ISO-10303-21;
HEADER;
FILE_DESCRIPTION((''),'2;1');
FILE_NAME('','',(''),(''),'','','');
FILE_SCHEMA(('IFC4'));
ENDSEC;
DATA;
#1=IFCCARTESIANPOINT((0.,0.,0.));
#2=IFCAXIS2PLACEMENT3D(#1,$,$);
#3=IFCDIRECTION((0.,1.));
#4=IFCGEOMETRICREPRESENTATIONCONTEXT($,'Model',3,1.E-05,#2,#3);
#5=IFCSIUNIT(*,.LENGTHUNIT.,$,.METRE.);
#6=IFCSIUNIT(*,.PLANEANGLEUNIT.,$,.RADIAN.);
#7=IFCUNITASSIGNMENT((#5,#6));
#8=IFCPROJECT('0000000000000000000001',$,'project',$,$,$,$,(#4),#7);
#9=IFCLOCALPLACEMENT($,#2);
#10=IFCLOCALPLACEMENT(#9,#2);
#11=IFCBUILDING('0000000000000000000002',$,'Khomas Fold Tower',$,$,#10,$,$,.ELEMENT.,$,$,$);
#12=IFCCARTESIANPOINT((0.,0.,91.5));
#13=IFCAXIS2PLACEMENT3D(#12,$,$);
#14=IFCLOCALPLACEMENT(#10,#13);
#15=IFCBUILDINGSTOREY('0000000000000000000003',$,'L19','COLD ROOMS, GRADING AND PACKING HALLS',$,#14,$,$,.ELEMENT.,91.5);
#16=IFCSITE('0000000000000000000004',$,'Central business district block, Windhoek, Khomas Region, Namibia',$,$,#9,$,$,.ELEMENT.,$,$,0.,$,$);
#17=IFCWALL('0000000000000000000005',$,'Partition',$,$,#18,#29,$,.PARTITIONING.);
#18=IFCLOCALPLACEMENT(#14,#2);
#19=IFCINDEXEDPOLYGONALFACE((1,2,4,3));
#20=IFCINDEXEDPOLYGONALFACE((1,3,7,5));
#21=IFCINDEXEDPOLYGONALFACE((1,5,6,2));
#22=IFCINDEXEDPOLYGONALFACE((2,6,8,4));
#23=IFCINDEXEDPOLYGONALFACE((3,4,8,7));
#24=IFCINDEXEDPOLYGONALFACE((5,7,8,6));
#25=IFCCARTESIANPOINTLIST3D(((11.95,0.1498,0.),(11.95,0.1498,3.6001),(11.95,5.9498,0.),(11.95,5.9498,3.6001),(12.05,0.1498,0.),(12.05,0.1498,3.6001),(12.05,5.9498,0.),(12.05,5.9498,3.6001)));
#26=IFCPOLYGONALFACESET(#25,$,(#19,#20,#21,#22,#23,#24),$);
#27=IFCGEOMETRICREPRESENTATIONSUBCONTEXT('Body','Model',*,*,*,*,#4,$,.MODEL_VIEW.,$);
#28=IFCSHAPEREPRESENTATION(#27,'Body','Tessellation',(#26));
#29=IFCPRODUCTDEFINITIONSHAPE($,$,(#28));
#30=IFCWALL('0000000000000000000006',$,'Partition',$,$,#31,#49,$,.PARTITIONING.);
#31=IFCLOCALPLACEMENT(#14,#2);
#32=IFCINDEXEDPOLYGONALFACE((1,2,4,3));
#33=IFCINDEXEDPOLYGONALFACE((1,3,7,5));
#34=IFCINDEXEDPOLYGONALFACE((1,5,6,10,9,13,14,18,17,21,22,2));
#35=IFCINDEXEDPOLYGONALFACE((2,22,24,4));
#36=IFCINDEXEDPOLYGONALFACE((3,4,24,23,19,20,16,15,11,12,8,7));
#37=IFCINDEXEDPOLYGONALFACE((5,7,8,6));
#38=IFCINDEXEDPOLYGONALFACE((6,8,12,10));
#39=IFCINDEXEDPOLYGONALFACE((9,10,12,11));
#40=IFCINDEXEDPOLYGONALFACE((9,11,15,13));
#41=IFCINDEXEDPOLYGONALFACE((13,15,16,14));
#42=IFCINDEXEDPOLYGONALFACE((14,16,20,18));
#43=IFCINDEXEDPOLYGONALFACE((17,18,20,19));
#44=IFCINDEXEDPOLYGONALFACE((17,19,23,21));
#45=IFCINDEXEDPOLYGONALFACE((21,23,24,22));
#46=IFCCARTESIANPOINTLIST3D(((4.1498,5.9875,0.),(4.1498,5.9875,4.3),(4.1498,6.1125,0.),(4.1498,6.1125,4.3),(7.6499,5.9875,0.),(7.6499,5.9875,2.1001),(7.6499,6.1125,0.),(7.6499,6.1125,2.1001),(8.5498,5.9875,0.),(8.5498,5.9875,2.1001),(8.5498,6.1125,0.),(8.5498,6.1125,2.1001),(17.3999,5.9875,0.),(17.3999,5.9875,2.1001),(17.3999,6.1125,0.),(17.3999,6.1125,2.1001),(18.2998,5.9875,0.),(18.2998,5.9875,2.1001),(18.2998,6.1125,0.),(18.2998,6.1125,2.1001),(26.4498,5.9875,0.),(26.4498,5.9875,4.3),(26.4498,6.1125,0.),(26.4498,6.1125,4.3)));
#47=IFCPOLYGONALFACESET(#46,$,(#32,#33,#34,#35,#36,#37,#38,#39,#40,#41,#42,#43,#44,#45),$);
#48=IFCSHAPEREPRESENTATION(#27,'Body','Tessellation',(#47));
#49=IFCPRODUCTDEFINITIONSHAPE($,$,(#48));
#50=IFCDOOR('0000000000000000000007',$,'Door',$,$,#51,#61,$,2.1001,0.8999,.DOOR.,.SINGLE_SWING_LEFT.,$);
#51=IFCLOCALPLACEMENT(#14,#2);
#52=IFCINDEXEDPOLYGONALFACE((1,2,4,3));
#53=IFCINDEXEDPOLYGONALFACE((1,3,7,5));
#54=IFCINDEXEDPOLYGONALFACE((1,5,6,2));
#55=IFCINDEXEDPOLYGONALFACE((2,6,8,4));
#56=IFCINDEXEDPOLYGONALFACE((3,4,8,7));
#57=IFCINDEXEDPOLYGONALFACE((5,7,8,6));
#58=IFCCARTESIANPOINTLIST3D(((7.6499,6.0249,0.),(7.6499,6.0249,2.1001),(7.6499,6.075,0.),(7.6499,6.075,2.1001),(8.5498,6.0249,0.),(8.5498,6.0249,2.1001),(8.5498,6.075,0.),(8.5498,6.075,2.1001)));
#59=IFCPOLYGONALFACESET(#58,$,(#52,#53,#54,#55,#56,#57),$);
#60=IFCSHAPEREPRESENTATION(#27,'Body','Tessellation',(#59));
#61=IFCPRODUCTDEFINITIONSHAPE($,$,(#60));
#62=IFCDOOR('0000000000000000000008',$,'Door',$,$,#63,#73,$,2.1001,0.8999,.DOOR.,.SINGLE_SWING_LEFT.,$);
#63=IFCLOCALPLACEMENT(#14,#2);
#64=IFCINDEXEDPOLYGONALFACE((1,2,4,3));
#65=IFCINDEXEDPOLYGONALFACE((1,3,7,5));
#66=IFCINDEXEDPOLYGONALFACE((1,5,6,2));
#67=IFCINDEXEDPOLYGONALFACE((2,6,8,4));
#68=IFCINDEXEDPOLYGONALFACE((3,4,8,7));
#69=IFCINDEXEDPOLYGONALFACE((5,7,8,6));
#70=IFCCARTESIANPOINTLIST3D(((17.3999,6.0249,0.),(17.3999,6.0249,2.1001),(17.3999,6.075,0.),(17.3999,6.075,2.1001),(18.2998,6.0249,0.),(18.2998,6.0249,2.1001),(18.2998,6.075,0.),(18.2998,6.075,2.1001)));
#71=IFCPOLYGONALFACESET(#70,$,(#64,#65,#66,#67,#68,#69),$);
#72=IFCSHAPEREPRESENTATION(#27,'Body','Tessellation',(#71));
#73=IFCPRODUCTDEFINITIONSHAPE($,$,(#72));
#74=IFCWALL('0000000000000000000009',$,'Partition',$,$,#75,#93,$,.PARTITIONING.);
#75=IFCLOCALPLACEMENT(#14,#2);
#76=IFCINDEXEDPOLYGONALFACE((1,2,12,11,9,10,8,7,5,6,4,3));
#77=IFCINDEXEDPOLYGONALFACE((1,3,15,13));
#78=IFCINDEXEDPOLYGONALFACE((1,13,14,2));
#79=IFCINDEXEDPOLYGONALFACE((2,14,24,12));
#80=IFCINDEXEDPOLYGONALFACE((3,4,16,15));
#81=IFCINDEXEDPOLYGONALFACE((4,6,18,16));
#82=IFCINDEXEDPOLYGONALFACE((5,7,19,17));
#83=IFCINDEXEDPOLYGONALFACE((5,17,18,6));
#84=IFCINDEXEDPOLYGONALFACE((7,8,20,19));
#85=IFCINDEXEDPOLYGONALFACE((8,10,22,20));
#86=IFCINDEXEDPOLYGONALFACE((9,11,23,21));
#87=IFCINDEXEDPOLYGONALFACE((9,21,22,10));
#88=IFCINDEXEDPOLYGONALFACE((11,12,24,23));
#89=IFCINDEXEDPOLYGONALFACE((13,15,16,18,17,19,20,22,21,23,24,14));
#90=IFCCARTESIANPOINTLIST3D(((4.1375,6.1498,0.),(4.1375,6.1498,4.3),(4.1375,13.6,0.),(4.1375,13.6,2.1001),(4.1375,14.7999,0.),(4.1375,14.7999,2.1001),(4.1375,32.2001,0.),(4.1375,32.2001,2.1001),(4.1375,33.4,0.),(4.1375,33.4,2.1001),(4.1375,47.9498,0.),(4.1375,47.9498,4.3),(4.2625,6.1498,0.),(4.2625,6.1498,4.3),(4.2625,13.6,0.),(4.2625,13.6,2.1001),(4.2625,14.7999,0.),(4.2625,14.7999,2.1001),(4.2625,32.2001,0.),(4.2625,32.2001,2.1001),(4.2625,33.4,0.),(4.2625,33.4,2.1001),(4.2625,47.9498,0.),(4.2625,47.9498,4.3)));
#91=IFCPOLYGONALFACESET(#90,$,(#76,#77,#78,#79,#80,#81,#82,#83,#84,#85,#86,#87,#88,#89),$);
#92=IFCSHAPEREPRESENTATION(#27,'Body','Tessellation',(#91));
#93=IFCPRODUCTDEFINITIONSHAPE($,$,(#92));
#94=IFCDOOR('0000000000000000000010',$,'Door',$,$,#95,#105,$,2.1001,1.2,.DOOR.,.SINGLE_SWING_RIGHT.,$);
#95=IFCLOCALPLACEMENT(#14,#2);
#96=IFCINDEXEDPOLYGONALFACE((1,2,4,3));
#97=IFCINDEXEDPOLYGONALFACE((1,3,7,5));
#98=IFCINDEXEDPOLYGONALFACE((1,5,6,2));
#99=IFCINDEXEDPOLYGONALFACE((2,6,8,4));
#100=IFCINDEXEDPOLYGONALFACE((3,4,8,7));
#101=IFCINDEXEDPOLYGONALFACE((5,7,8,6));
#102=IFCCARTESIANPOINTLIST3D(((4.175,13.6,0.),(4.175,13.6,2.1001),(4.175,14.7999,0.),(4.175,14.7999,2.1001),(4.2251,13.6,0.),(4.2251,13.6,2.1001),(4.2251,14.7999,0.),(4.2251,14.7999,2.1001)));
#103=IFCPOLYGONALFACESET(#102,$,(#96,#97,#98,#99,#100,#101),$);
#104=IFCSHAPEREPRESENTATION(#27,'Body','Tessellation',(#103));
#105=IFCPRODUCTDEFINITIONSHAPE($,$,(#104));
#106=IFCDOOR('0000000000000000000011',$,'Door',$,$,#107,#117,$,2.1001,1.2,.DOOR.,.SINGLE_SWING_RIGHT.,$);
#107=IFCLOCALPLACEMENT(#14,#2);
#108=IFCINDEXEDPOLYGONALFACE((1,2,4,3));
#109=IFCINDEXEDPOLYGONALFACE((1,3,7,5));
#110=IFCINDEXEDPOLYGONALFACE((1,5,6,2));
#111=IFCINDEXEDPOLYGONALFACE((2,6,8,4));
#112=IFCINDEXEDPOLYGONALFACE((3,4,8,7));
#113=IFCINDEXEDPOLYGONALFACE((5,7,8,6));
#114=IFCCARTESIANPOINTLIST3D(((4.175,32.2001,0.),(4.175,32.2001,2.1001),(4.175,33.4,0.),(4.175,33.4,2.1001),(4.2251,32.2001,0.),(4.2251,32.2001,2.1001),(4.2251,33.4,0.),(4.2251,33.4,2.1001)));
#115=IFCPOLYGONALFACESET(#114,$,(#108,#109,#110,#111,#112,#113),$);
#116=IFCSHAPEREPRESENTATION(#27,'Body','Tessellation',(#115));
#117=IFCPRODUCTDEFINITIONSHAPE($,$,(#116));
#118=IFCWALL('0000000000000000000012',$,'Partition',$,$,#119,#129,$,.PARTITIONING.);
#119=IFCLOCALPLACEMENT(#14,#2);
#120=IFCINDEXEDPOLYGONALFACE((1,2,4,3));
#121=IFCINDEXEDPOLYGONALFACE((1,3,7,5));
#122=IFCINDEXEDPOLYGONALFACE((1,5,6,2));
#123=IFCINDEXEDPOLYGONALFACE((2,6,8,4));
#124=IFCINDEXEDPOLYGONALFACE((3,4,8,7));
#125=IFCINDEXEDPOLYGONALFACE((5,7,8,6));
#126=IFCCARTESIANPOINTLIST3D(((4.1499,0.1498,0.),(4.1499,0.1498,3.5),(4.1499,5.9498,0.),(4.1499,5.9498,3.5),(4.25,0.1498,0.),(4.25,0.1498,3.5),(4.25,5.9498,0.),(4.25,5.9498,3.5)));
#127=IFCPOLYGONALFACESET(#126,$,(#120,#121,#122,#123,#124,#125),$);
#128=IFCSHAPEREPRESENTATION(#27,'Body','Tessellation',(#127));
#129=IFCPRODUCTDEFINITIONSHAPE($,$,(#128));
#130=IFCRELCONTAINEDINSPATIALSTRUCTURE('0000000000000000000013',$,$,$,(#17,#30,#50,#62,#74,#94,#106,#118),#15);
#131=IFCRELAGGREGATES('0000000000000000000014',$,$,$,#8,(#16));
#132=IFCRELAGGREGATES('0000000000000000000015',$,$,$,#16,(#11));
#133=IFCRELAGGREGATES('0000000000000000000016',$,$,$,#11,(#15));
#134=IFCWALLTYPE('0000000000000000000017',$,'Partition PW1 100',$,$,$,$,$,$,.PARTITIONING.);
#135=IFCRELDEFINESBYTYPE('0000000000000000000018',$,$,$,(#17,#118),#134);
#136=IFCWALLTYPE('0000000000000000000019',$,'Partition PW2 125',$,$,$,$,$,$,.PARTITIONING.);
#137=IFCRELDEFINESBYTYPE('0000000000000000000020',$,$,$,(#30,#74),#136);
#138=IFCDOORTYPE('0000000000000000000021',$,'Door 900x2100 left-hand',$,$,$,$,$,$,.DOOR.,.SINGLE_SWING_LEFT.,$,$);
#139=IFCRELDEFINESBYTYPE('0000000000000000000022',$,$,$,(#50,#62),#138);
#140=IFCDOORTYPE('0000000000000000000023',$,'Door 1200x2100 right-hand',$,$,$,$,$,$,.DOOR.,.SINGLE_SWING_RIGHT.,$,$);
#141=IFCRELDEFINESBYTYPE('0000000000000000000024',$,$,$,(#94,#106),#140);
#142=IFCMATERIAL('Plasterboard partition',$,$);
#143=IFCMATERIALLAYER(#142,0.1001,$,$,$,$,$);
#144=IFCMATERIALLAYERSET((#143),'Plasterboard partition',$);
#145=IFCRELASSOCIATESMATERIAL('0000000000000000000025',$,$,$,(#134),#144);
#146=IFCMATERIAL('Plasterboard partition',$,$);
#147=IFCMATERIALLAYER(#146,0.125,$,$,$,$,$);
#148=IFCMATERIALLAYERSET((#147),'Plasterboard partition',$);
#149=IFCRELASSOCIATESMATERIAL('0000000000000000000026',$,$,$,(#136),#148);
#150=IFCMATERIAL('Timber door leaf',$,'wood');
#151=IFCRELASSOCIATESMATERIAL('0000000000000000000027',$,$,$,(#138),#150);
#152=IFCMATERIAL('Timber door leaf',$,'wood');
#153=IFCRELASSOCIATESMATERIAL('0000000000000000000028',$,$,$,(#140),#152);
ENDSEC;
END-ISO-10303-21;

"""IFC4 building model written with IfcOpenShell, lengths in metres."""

from ifc_helpers import new_model, si_unit, direction, frame, frame_2d, origin, place, context, subcontext, project, spatial, rectangle, extrude, source, transform, mapped, material, layer, layer_set, type_object, element, fill, save


model = new_model("IFC4")

# Units and contexts
model_context = context("Model", 3, precision=1e-05, world=origin(), true_north=direction((0.0, 1.0)))
body_context = subcontext(model_context, "Body", "Model", "MODEL_VIEW")
ifc_project = project(units=[si_unit("LENGTHUNIT", "METRE"), si_unit("PLANEANGLEUNIT", "RADIAN")], contexts=[model_context])

# Site, building, storey
site_placement = place(None, origin())
site = spatial("IfcSite", under=ifc_project, at=site_placement, Name="Central business district block, Windhoek, Khomas Region, Namibia", CompositionType="ELEMENT", RefElevation=0.0)
building_placement = place(site_placement, origin())
building = spatial("IfcBuilding", under=site, at=building_placement, Name="Khomas Fold Tower", CompositionType="ELEMENT")
storey_placement = place(building_placement, frame((0.0, 0.0, 91.5)))
storey = spatial("IfcBuildingStorey", under=building, at=storey_placement, Name="L19", Description="COLD ROOMS, GRADING AND PACKING HALLS", CompositionType="ELEMENT", Elevation=91.5)

# Shared definitions
shared_shape_1 = source(origin(), body_context, "Body", "SweptSolid", [
    extrude(rectangle(XDim=1.2, YDim=2.1001, at=frame_2d((0.6001, 1.05))), frame((0.0, 0.0249, 0.0), z_axis=(0.0, -1.0, 0.0), x_axis=(1.0, 0.0, 0.0)), (0.0, 0.0, 1.0), 0.05),
])

# Wall
ifc_material_1 = material(Name="Plasterboard partition")
ifc_layer_1 = layer(ifc_material_1, 0.1001)
ifc_layer_set_1 = layer_set([ifc_layer_1], Name="Plasterboard partition")
wall_type_1 = type_object("IfcWallType", Name="Partition PW1 100", PredefinedType="PARTITIONING", material=ifc_layer_set_1)
shared_shape_2 = source(origin(), body_context, "Body", "SweptSolid", [
    extrude(rectangle(XDim=5.8, YDim=0.1001, at=frame_2d((2.8999, 0.0))), origin(), (0.0, 0.0, 1.0), 3.6001),
])
wall_1_placement = place(storey_placement, frame((12.0, 0.1499, 0.0), z_axis=(0.0, 0.0, 1.0), x_axis=(0.0, 1.0, 0.0)))
element("IfcWall", 1, at=wall_1_placement, inside=storey, type_object=wall_type_1, Name="Partition", PredefinedType="PARTITIONING", context=body_context, shape_type="MappedRepresentation", body=[
    mapped(shared_shape_2, transform((0.0, 0.0, 0.0))),
])

# Walls, openings, doors
ifc_material_2 = material(Name="Plasterboard partition")
ifc_layer_2 = layer(ifc_material_2, 0.125)
ifc_layer_set_2 = layer_set([ifc_layer_2], Name="Plasterboard partition")
wall_type_2 = type_object("IfcWallType", Name="Partition PW2 125", PredefinedType="PARTITIONING", material=ifc_layer_set_2)
shared_shape_3 = source(origin(), body_context, "Body", "SweptSolid", [
    extrude(rectangle(XDim=22.3, YDim=0.125, at=frame_2d((11.1499, 0.0))), origin(), (0.0, 0.0, 1.0), 4.3),
])
wall_2_placement = place(storey_placement, frame((4.1499, 6.05, 0.0), z_axis=(0.0, 0.0, 1.0), x_axis=(1.0, 0.0, 0.0)))
wall_2 = element("IfcWall", 2, at=wall_2_placement, inside=storey, type_object=wall_type_2, Name="Partition", PredefinedType="PARTITIONING", context=body_context, shape_type="MappedRepresentation", body=[
    mapped(shared_shape_3, transform((0.0, 0.0, 0.0))),
])
shared_shape_4 = source(origin(), body_context, "Body", "SweptSolid", [
    extrude(rectangle(XDim=0.8999, YDim=2.1001, at=frame_2d((0.45, 1.05))), frame((0.0, 0.0725, 0.0), z_axis=(0.0, -1.0, 0.0), x_axis=(1.0, 0.0, 0.0)), (0.0, 0.0, 1.0), 0.145),
])
opening_1_placement = place(wall_2_placement, frame((3.5, 0.0, 0.0)))
opening_1 = element("IfcOpeningElement", 3, at=opening_1_placement, cuts=wall_2, PredefinedType="OPENING", context=body_context, shape_type="MappedRepresentation", body=[
    mapped(shared_shape_4, transform((0.0, 0.0, 0.0))),
])
opening_2_placement = place(wall_2_placement, frame((13.25, 0.0, 0.0)))
opening_2 = element("IfcOpeningElement", 4, at=opening_2_placement, cuts=wall_2, PredefinedType="OPENING", context=body_context, shape_type="MappedRepresentation", body=[
    mapped(shared_shape_4, transform((0.0, 0.0, 0.0))),
])
ifc_material_3 = material(Name="Timber door leaf", Category="wood")
door_type_1 = type_object("IfcDoorType", Name="Door 900x2100 left-hand", OperationType="SINGLE_SWING_LEFT", PredefinedType="DOOR", material=ifc_material_3)
shared_shape_5 = source(origin(), body_context, "Body", "SweptSolid", [
    extrude(rectangle(XDim=0.8999, YDim=2.1001, at=frame_2d((0.45, 1.05))), frame((0.0, 0.0249, 0.0), z_axis=(0.0, -1.0, 0.0), x_axis=(1.0, 0.0, 0.0)), (0.0, 0.0, 1.0), 0.05),
])
door_1_placement = place(opening_1_placement, origin())
door_1 = element("IfcDoor", 5, at=door_1_placement, inside=storey, type_object=door_type_1, Name="Door", OperationType="SINGLE_SWING_LEFT", OverallHeight=2.1001, OverallWidth=0.8999, PredefinedType="DOOR", context=body_context, shape_type="MappedRepresentation", body=[
    mapped(shared_shape_5, transform((0.0, 0.0, 0.0))),
])
fill(opening_1, door_1)
door_2_placement = place(opening_2_placement, origin())
door_2 = element("IfcDoor", 6, at=door_2_placement, inside=storey, type_object=door_type_1, Name="Door", OperationType="SINGLE_SWING_LEFT", OverallHeight=2.1001, OverallWidth=0.8999, PredefinedType="DOOR", context=body_context, shape_type="MappedRepresentation", body=[
    mapped(shared_shape_5, transform((0.0, 0.0, 0.0))),
])
fill(opening_2, door_2)
shared_shape_6 = source(origin(), body_context, "Body", "SweptSolid", [
    extrude(rectangle(XDim=41.8, YDim=0.125, at=frame_2d((20.8999, 0.0))), origin(), (0.0, 0.0, 1.0), 4.3),
])
wall_3_placement = place(storey_placement, frame((4.2, 6.1499, 0.0), z_axis=(0.0, 0.0, 1.0), x_axis=(0.0, 1.0, 0.0)))
wall_3 = element("IfcWall", 7, at=wall_3_placement, inside=storey, type_object=wall_type_2, Name="Partition", PredefinedType="PARTITIONING", context=body_context, shape_type="MappedRepresentation", body=[
    mapped(shared_shape_6, transform((0.0, 0.0, 0.0))),
])
shared_shape_7 = source(origin(), body_context, "Body", "SweptSolid", [
    extrude(rectangle(XDim=1.2, YDim=2.1001, at=frame_2d((0.6001, 1.05))), frame((0.0, 0.0725, 0.0), z_axis=(0.0, -1.0, 0.0), x_axis=(1.0, 0.0, 0.0)), (0.0, 0.0, 1.0), 0.145),
])
opening_3_placement = place(wall_3_placement, frame((7.45, 0.0, 0.0)))
opening_3 = element("IfcOpeningElement", 8, at=opening_3_placement, cuts=wall_3, PredefinedType="OPENING", context=body_context, shape_type="MappedRepresentation", body=[
    mapped(shared_shape_7, transform((0.0, 0.0, 0.0))),
])
opening_4_placement = place(wall_3_placement, frame((26.05, 0.0, 0.0)))
opening_4 = element("IfcOpeningElement", 9, at=opening_4_placement, cuts=wall_3, PredefinedType="OPENING", context=body_context, shape_type="MappedRepresentation", body=[
    mapped(shared_shape_7, transform((0.0, 0.0, 0.0))),
])
ifc_material_4 = material(Name="Timber door leaf", Category="wood")
door_type_2 = type_object("IfcDoorType", Name="Door 1200x2100 right-hand", OperationType="SINGLE_SWING_RIGHT", PredefinedType="DOOR", material=ifc_material_4)
door_3_placement = place(opening_3_placement, origin())
door_3 = element("IfcDoor", 10, at=door_3_placement, inside=storey, type_object=door_type_2, Name="Door", OperationType="SINGLE_SWING_RIGHT", OverallHeight=2.1001, OverallWidth=1.2, PredefinedType="DOOR", context=body_context, shape_type="MappedRepresentation", body=[
    mapped(shared_shape_1, transform((0.0, 0.0, 0.0))),
])
fill(opening_3, door_3)
door_4_placement = place(opening_4_placement, origin())
door_4 = element("IfcDoor", 11, at=door_4_placement, inside=storey, type_object=door_type_2, Name="Door", OperationType="SINGLE_SWING_RIGHT", OverallHeight=2.1001, OverallWidth=1.2, PredefinedType="DOOR", context=body_context, shape_type="MappedRepresentation", body=[
    mapped(shared_shape_1, transform((0.0, 0.0, 0.0))),
])
fill(opening_4, door_4)

# Wall
shared_shape_8 = source(origin(), body_context, "Body", "SweptSolid", [
    extrude(rectangle(XDim=5.8, YDim=0.1001, at=frame_2d((2.8999, 0.0))), origin(), (0.0, 0.0, 1.0), 3.5),
])
wall_4_placement = place(storey_placement, frame((4.2, 0.1499, 0.0), z_axis=(0.0, 0.0, 1.0), x_axis=(0.0, 1.0, 0.0)))
element("IfcWall", 12, at=wall_4_placement, inside=storey, type_object=wall_type_1, Name="Partition", PredefinedType="PARTITIONING", context=body_context, shape_type="MappedRepresentation", body=[
    mapped(shared_shape_8, transform((0.0, 0.0, 0.0))),
])

save(model, "model.ifc")
